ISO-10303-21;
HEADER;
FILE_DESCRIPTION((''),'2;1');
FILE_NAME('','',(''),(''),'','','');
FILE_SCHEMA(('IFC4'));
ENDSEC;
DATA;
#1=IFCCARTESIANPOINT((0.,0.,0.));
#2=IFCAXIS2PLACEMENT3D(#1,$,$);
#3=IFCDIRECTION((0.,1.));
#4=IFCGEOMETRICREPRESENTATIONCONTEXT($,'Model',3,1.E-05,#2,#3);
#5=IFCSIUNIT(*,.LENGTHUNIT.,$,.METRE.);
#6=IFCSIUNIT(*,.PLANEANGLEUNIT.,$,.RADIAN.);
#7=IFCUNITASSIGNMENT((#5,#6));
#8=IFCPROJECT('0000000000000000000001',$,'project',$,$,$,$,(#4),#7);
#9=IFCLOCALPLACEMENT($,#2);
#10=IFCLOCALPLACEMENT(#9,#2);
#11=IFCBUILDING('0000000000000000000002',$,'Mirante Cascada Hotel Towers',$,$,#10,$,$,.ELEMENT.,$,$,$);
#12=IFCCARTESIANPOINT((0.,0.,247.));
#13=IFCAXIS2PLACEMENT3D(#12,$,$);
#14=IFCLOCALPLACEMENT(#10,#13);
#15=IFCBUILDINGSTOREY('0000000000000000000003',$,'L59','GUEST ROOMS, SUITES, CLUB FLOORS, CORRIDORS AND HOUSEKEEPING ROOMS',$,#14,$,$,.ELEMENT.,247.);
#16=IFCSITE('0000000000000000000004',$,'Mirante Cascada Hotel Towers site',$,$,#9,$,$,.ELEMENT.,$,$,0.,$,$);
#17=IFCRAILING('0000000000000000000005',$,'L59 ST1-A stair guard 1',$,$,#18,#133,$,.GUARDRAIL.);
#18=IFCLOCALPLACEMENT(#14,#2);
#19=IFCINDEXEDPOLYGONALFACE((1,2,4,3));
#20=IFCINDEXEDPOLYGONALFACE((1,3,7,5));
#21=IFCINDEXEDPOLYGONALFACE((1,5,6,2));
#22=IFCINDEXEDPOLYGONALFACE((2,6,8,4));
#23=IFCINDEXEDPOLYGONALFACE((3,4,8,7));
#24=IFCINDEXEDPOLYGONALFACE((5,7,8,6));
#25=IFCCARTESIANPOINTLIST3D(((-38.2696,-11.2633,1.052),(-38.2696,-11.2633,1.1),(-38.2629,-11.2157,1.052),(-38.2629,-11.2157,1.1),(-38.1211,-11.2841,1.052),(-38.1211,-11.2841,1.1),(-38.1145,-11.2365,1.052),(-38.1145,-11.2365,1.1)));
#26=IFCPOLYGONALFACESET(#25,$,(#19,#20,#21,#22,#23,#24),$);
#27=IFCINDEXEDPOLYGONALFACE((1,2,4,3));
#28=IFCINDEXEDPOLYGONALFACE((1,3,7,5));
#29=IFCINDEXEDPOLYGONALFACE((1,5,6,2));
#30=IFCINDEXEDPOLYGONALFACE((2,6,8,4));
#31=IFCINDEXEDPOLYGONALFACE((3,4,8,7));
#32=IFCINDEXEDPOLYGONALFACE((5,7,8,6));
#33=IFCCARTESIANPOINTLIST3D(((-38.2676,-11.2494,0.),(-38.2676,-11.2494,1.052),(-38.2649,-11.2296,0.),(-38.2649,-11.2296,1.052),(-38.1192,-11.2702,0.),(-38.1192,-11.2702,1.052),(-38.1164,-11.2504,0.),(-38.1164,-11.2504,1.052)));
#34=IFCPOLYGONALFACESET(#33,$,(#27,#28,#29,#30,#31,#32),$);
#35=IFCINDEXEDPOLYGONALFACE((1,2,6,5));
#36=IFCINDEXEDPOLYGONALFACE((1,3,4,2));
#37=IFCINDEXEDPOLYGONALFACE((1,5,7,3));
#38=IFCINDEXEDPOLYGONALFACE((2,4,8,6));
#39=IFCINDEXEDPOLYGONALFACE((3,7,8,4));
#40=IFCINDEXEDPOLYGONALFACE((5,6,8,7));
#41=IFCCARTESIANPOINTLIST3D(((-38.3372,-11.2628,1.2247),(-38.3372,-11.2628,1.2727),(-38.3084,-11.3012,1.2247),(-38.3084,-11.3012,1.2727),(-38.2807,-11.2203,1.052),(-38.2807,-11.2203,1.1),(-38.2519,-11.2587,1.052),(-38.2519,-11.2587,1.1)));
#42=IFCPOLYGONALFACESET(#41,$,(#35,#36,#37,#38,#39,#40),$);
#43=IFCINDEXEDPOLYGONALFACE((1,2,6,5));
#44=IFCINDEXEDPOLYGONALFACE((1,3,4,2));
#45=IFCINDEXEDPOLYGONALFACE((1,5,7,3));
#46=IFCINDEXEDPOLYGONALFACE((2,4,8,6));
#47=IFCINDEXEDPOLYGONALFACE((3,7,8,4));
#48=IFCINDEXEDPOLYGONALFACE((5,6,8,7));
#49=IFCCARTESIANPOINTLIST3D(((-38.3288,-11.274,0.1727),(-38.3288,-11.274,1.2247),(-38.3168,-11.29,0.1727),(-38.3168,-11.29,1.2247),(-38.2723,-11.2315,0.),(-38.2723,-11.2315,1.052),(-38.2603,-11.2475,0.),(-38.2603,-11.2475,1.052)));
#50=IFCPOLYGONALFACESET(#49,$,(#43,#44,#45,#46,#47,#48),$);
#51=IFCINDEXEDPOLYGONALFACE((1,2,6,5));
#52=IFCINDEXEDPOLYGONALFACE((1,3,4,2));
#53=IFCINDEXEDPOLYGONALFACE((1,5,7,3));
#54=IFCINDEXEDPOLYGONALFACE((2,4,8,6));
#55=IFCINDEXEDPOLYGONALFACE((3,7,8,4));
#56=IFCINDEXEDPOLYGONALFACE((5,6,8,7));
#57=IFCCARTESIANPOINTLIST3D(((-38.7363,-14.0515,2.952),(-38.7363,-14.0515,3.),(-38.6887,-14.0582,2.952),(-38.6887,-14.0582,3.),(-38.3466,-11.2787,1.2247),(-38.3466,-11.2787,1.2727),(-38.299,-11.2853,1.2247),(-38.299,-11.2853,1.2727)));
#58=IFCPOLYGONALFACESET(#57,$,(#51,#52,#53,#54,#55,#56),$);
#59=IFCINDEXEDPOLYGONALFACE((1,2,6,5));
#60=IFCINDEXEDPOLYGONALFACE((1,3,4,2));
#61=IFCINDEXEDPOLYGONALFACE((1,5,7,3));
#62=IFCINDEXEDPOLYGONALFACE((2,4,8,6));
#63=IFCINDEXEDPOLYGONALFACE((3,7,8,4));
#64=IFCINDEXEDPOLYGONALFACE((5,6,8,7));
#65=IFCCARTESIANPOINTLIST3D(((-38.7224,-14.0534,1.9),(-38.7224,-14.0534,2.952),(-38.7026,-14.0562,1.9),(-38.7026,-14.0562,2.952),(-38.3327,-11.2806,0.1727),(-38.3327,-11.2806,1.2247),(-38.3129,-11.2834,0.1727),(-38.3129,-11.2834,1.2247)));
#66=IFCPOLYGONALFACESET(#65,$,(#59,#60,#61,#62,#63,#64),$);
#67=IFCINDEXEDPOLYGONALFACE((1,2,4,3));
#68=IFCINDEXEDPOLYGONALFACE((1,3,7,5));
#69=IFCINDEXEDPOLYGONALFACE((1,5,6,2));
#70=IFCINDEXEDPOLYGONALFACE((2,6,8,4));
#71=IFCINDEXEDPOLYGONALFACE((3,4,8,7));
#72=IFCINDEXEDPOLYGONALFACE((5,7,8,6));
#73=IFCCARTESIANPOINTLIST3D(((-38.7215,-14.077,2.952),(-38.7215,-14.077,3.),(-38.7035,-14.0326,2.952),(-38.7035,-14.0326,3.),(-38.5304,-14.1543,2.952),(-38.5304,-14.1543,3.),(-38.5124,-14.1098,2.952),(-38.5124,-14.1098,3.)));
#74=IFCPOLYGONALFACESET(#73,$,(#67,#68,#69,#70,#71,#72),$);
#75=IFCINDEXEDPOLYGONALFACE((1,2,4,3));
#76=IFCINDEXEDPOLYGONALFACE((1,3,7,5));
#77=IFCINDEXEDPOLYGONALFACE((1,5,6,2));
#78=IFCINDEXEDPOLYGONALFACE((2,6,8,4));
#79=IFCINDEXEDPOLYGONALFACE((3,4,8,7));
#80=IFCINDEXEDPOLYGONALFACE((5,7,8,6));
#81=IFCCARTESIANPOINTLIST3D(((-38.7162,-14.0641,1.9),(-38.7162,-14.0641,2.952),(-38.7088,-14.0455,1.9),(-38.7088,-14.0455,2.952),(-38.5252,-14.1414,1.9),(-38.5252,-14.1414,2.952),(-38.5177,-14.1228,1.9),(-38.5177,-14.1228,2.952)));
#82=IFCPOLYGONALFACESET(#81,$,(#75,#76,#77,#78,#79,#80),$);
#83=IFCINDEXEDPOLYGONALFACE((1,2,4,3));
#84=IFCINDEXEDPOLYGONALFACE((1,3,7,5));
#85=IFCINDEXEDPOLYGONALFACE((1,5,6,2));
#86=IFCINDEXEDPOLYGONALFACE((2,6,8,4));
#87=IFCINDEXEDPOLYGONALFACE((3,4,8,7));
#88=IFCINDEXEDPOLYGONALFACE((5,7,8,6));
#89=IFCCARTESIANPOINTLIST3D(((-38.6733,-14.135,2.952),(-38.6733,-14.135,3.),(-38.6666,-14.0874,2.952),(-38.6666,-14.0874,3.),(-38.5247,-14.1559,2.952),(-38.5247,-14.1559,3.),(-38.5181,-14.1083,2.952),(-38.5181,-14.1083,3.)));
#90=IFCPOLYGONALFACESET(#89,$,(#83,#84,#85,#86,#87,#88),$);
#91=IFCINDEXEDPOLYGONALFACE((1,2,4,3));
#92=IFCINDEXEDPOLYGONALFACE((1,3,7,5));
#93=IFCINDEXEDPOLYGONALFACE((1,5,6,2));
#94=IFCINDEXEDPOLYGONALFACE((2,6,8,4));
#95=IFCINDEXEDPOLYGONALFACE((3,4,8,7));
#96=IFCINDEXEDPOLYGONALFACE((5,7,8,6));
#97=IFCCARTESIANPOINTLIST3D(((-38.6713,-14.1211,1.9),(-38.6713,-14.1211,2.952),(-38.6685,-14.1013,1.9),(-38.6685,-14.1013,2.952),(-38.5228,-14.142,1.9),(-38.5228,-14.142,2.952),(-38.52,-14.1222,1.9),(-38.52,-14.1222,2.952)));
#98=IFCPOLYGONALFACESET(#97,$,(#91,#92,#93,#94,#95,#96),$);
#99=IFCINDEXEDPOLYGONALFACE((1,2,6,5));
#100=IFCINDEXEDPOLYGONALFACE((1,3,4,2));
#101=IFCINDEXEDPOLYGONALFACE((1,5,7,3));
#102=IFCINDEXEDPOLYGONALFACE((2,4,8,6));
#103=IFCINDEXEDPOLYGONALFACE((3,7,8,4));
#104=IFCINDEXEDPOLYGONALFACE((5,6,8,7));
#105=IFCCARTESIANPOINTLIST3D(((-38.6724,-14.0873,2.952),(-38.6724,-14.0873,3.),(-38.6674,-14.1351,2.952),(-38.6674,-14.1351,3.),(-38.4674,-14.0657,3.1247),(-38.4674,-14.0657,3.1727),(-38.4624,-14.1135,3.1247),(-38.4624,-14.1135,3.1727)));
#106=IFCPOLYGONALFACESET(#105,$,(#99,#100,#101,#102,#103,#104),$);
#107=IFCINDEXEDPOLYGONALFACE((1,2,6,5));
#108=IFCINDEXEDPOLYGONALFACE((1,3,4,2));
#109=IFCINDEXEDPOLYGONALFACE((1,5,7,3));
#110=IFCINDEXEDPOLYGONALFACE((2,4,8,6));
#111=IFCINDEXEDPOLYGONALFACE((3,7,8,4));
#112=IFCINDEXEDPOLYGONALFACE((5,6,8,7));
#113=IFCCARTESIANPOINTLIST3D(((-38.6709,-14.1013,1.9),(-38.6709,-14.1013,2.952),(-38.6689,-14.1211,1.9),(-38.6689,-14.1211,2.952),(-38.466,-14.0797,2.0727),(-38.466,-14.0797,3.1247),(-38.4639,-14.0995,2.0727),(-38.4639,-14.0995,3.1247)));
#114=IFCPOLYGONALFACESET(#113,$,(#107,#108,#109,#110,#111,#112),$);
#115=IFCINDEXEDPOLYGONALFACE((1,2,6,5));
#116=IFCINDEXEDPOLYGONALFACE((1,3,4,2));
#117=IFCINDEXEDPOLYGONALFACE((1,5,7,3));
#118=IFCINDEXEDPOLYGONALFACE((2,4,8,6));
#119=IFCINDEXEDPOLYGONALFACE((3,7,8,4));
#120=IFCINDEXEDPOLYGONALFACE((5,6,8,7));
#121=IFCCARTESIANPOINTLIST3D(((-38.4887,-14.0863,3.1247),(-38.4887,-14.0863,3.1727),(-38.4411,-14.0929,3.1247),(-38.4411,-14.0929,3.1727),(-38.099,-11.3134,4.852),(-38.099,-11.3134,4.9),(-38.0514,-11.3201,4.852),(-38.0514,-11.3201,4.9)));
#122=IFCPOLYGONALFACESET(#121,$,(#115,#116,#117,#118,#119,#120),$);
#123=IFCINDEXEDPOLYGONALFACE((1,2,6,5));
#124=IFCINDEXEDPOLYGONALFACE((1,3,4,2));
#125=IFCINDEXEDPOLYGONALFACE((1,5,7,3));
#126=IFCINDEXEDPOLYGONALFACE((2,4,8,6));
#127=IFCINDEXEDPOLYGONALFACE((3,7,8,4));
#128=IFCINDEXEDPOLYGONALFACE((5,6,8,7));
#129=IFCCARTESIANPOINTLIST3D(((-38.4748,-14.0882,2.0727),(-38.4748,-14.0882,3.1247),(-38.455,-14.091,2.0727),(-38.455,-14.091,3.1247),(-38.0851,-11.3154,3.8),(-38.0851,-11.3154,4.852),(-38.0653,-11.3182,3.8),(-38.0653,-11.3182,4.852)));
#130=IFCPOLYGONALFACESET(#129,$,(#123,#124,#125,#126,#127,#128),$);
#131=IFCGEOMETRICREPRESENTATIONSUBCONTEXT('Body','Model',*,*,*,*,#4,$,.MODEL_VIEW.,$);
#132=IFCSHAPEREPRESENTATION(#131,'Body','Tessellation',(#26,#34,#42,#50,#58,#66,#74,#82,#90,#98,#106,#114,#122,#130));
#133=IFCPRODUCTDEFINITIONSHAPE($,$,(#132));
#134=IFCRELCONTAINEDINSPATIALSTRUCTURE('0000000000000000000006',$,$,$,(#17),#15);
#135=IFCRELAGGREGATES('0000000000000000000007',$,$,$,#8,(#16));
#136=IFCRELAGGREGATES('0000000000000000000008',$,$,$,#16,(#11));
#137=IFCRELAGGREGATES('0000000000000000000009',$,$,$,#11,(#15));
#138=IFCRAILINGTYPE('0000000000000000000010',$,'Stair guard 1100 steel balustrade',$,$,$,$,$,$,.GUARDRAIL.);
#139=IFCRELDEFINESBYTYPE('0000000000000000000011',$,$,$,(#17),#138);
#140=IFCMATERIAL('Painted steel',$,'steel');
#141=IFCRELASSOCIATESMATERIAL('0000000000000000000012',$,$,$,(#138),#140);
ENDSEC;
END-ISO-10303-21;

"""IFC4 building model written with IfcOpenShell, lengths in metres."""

from ifc_helpers import new_model, si_unit, direction, frame, origin, origin_2d, place, context, subcontext, project, spatial, rectangle, extrude, material, type_object, element, save


model = new_model("IFC4")

# Units and contexts
model_context = context("Model", 3, precision=1e-05, world=origin(), true_north=direction((0.0, 1.0)))
body_context = subcontext(model_context, "Body", "Model", "MODEL_VIEW")
ifc_project = project(units=[si_unit("LENGTHUNIT", "METRE"), si_unit("PLANEANGLEUNIT", "RADIAN")], contexts=[model_context])

# Site, building, storey
site_placement = place(None, origin())
site = spatial("IfcSite", under=ifc_project, at=site_placement, Name="Mirante Cascada Hotel Towers site", CompositionType="ELEMENT", RefElevation=0.0)
building_placement = place(site_placement, origin())
building = spatial("IfcBuilding", under=site, at=building_placement, Name="Mirante Cascada Hotel Towers", CompositionType="ELEMENT")
storey_placement = place(building_placement, frame((0.0, 0.0, 247.0)))
storey = spatial("IfcBuildingStorey", under=building, at=storey_placement, Name="L59", Description="GUEST ROOMS, SUITES, CLUB FLOORS, CORRIDORS AND HOUSEKEEPING ROOMS", CompositionType="ELEMENT", Elevation=247.0)

# Railing
ifc_material_1 = material(Name="Painted steel", Category="steel")
railing_type = type_object("IfcRailingType", Name="Stair guard 1100 steel balustrade", PredefinedType="GUARDRAIL", material=ifc_material_1)
railing_placement = place(storey_placement, frame((-38.1178, -11.2603, 0.0)))
element("IfcRailing", 1, at=railing_placement, inside=storey, type_object=railing_type, Name="L59 ST1-A stair guard 1", PredefinedType="GUARDRAIL", context=body_context, shape_type="SweptSolid", body=[
    extrude(rectangle(XDim=0.048, YDim=0.048, at=origin_2d()), frame((0.0, 0.0, 1.076), z_axis=(-0.990333, 0.138713, 0.0), x_axis=(-0.138713, -0.990333, 0.0)), (0.0, 0.0, 1.0), 0.1499),
    extrude(rectangle(XDim=0.02, YDim=1.052, at=origin_2d()), frame((0.0, 0.0, 0.526), z_axis=(-0.990333, 0.138713, 0.0), x_axis=(-0.138713, -0.990333, 0.0)), (0.0, 0.0, 1.0), 0.1499),
    extrude(rectangle(XDim=0.048, YDim=0.048, at=origin_2d()), frame((-0.1485, 0.0208, 1.076), z_axis=(-0.79915, -0.601131, 0.0), x_axis=(0.601131, -0.79915, 0.0)), (0.0, 0.925453, 0.378863), 0.1866),
    extrude(rectangle(XDim=0.02, YDim=1.052, at=origin_2d()), frame((-0.1485, 0.0208, 0.526), z_axis=(-0.79915, -0.601131, 0.0), x_axis=(0.601131, -0.79915, 0.0)), (0.0, 0.925453, 0.378863), 0.1866),
    extrude(rectangle(XDim=0.048, YDim=0.048, at=origin_2d()), frame((-0.205, -0.0217, 1.2487), z_axis=(-0.139176, -0.990268, 0.0), x_axis=(0.990268, -0.139176, 0.0)), (0.0, 0.525021, 0.851089), 3.29),
    extrude(rectangle(XDim=0.02, YDim=1.052, at=origin_2d()), frame((-0.205, -0.0217, 0.6987), z_axis=(-0.139176, -0.990268, 0.0), x_axis=(0.990268, -0.139176, 0.0)), (0.0, 0.525021, 0.851089), 3.29),
    extrude(rectangle(XDim=0.048, YDim=0.048, at=origin_2d()), frame((-0.5947, -2.7945, 2.976), z_axis=(0.927031, -0.374984, 0.0), x_axis=(0.374984, 0.927031, 0.0)), (0.0, 0.0, 1.0), 0.2061),
    extrude(rectangle(XDim=0.02, YDim=1.052, at=origin_2d()), frame((-0.5947, -2.7945, 2.426), z_axis=(0.927031, -0.374984, 0.0), x_axis=(0.374984, 0.927031, 0.0)), (0.0, 0.0, 1.0), 0.2061),
    extrude(rectangle(XDim=0.048, YDim=0.048, at=origin_2d()), frame((-0.4036, -2.8718, 2.976), z_axis=(-0.990241, 0.139367, 0.0), x_axis=(-0.139367, -0.990241, 0.0)), (0.0, 0.0, 1.0), 0.15),
    extrude(rectangle(XDim=0.02, YDim=1.052, at=origin_2d()), frame((-0.4036, -2.8718, 2.426), z_axis=(-0.990241, 0.139367, 0.0), x_axis=(-0.139367, -0.990241, 0.0)), (0.0, 0.0, 1.0), 0.15),
    extrude(rectangle(XDim=0.048, YDim=0.048, at=origin_2d()), frame((-0.5521, -2.8509, 2.976), z_axis=(0.994495, 0.104786, 0.0), x_axis=(-0.104786, 0.994495, 0.0)), (0.0, 0.642203, 0.766534), 0.2689),
    extrude(rectangle(XDim=0.02, YDim=1.052, at=origin_2d()), frame((-0.5521, -2.8509, 2.426), z_axis=(0.994495, 0.104786, 0.0), x_axis=(-0.104786, 0.994495, 0.0)), (0.0, 0.642203, 0.766534), 0.2689),
    extrude(rectangle(XDim=0.048, YDim=0.048, at=origin_2d()), frame((-0.3471, -2.8293, 3.1487), z_axis=(0.139176, 0.990268, 0.0), x_axis=(-0.990268, 0.139176, 0.0)), (0.0, 0.525021, 0.851089), 3.29),
    extrude(rectangle(XDim=0.02, YDim=1.052, at=origin_2d()), frame((-0.3471, -2.8293, 2.5987), z_axis=(0.139176, 0.990268, 0.0), x_axis=(-0.990268, 0.139176, 0.0)), (0.0, 0.525021, 0.851089), 3.29),
])

save(model, "model.ifc")
